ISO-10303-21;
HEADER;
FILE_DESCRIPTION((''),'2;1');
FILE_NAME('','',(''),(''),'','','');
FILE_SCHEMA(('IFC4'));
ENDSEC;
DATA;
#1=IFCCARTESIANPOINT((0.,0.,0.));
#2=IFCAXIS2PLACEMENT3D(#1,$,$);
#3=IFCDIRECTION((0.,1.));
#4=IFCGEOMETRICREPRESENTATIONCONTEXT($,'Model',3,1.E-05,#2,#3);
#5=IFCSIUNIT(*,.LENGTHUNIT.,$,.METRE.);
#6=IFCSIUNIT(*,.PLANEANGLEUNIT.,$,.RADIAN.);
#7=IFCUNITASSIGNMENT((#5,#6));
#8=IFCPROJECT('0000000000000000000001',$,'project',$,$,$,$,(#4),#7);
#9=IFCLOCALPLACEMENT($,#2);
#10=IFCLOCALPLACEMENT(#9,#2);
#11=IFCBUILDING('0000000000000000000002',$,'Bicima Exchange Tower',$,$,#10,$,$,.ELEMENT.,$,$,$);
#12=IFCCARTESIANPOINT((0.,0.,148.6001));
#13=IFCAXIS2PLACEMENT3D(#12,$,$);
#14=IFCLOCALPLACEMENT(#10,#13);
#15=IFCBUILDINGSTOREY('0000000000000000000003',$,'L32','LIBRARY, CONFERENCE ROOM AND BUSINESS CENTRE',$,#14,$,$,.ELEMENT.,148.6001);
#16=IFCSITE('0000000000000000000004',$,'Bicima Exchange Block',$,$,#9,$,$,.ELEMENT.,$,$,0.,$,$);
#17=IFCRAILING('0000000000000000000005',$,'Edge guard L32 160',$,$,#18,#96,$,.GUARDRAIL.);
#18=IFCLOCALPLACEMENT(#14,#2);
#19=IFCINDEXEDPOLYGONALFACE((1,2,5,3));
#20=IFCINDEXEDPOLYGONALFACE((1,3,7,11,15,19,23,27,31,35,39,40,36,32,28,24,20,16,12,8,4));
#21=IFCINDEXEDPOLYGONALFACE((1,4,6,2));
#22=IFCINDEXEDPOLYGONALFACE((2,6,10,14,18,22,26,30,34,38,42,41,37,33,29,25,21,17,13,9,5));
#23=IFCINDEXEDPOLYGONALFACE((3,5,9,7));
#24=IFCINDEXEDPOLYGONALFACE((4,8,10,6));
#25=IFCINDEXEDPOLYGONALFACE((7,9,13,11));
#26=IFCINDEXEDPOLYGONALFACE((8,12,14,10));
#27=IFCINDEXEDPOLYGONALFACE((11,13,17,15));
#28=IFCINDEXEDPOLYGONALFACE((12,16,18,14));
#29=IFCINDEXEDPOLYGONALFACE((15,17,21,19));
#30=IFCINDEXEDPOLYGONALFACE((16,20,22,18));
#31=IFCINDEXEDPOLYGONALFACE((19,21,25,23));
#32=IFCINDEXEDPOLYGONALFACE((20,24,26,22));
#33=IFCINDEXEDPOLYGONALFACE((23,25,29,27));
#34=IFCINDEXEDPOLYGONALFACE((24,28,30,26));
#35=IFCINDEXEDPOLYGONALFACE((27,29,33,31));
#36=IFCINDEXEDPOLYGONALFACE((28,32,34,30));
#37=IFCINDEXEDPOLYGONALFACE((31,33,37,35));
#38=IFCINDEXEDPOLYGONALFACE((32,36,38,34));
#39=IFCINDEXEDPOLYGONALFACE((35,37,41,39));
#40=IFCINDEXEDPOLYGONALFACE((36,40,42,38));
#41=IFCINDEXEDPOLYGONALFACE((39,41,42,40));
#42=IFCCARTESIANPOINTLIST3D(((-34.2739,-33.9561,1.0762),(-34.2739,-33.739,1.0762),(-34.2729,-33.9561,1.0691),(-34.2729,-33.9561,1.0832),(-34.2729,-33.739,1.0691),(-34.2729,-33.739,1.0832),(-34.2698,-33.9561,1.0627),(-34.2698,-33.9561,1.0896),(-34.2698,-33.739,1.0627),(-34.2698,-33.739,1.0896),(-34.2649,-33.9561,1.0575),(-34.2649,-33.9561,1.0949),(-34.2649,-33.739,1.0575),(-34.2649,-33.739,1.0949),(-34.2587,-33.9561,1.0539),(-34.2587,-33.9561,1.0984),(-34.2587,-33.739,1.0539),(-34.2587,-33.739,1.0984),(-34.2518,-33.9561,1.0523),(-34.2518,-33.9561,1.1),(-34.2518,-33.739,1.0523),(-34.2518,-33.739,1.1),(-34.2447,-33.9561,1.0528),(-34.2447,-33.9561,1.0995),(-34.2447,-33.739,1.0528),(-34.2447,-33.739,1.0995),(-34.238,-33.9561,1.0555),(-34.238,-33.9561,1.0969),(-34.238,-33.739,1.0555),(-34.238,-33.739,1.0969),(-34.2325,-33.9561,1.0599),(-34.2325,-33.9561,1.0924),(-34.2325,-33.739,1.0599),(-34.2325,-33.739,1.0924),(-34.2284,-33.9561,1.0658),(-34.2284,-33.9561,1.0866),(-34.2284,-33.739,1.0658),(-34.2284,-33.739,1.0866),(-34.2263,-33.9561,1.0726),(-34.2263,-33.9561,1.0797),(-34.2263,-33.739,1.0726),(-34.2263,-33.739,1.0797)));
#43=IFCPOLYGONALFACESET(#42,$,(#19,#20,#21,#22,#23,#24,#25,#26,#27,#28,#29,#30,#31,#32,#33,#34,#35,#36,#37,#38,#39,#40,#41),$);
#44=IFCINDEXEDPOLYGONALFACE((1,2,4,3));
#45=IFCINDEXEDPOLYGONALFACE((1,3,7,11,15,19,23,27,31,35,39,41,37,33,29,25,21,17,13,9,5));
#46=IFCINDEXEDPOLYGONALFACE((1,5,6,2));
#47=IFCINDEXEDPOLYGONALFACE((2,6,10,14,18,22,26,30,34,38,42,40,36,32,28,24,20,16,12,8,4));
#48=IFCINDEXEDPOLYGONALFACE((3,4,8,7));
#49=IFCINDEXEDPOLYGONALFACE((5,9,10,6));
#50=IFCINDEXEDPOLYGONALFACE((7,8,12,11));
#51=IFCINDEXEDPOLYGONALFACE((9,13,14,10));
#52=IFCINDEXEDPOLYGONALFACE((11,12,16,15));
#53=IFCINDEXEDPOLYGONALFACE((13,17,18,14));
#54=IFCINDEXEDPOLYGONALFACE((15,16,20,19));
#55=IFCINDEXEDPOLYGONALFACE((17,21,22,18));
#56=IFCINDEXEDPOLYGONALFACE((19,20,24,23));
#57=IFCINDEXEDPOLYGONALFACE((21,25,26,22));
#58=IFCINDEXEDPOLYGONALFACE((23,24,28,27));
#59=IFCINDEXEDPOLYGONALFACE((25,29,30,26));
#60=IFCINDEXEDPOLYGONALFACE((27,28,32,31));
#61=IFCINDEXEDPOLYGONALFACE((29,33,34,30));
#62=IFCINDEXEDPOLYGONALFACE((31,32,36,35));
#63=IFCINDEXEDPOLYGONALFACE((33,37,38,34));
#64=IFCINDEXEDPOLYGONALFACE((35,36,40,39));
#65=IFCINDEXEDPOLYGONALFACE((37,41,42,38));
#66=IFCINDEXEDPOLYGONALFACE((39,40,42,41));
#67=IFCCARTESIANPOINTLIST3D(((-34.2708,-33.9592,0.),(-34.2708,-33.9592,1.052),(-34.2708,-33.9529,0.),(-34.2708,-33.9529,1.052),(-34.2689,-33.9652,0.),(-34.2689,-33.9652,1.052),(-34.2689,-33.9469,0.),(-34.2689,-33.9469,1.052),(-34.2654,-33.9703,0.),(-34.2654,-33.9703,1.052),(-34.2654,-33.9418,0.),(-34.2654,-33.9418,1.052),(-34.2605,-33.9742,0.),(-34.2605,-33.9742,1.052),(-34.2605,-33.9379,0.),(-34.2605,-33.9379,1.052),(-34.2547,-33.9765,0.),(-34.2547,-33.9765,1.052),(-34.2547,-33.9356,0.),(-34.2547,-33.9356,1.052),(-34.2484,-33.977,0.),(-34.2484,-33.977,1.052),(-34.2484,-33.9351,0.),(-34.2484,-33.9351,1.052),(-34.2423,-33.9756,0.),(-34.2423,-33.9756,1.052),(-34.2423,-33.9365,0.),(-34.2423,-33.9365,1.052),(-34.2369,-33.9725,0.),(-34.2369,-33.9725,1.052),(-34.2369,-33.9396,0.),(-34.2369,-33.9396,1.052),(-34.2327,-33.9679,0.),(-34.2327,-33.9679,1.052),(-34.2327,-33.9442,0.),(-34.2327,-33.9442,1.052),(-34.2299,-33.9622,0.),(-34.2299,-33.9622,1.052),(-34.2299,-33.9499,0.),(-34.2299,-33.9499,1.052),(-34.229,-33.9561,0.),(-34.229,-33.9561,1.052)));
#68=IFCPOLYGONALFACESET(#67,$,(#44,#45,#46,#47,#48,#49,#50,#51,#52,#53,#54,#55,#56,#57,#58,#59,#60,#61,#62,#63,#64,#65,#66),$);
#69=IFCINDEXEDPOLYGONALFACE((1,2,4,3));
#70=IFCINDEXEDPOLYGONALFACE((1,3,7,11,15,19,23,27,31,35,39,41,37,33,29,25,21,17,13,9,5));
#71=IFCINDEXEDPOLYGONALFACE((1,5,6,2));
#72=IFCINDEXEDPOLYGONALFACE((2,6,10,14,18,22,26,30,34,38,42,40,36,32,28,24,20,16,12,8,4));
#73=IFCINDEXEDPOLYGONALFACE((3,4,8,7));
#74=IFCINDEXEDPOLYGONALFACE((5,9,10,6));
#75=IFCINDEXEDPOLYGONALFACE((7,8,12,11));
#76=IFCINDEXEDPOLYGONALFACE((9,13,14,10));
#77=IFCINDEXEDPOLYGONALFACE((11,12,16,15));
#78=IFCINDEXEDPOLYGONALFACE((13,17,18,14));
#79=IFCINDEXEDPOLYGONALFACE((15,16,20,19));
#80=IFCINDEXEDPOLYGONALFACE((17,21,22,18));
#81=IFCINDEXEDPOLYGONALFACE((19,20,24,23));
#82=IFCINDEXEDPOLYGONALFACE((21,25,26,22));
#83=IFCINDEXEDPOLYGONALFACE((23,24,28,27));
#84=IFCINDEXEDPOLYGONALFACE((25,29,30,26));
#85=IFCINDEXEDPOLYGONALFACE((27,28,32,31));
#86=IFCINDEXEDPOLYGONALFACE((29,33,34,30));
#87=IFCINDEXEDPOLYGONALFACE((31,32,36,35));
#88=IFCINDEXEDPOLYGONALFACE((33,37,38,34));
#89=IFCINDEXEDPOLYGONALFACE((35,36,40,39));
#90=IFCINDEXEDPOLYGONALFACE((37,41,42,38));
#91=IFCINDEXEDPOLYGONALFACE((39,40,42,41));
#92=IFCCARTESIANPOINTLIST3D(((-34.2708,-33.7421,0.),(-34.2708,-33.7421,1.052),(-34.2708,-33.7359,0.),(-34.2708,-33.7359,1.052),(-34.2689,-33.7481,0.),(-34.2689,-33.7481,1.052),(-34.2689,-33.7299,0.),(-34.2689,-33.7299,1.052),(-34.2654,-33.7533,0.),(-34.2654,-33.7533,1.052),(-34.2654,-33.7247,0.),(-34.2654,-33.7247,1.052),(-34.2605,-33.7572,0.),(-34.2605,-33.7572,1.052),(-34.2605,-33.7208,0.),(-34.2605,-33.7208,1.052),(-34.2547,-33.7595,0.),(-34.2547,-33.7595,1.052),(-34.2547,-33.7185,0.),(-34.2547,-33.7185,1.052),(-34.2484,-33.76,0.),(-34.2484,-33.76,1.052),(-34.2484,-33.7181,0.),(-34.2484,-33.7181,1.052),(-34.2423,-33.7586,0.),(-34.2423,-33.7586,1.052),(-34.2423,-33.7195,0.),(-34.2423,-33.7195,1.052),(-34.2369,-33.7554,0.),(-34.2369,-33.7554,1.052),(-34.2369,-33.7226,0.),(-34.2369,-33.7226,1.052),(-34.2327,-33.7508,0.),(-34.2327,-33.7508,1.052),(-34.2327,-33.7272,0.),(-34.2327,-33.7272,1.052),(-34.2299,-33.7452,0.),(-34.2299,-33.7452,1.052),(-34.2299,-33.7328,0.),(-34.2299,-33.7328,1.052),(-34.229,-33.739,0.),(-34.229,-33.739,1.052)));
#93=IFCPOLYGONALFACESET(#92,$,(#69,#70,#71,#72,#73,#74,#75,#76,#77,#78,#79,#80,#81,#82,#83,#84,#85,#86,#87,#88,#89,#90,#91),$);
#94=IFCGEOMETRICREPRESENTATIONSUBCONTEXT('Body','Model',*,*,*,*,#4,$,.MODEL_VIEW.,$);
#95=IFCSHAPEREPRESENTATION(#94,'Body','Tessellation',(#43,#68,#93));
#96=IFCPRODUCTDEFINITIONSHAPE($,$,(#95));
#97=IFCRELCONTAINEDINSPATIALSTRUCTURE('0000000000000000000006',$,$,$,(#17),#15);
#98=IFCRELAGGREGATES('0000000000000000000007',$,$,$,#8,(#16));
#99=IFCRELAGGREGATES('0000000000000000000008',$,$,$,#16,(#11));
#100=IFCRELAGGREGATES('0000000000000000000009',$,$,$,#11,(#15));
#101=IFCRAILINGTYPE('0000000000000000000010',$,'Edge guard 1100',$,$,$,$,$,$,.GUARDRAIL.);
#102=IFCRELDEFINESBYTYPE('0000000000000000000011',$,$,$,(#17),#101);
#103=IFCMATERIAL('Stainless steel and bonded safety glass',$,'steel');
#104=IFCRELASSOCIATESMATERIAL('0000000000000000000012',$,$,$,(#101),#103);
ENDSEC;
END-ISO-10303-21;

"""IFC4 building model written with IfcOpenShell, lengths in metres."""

from ifc_helpers import new_model, si_unit, direction, frame, origin, origin_2d, place, context, subcontext, project, spatial, circle, extrude, material, type_object, element, save


model = new_model("IFC4")

# Units and contexts
model_context = context("Model", 3, precision=1e-05, world=origin(), true_north=direction((0.0, 1.0)))
body_context = subcontext(model_context, "Body", "Model", "MODEL_VIEW")
ifc_project = project(units=[si_unit("LENGTHUNIT", "METRE"), si_unit("PLANEANGLEUNIT", "RADIAN")], contexts=[model_context])

# Site, building, storey
site_placement = place(None, origin())
site = spatial("IfcSite", under=ifc_project, at=site_placement, Name="Bicima Exchange Block", CompositionType="ELEMENT", RefElevation=0.0)
building_placement = place(site_placement, origin())
building = spatial("IfcBuilding", under=site, at=building_placement, Name="Bicima Exchange Tower", CompositionType="ELEMENT")
storey_placement = place(building_placement, frame((0.0, 0.0, 148.6001)))
storey = spatial("IfcBuildingStorey", under=building, at=storey_placement, Name="L32", Description="LIBRARY, CONFERENCE ROOM AND BUSINESS CENTRE", CompositionType="ELEMENT", Elevation=148.6001)

# Railing
ifc_material_1 = material(Name="Stainless steel and bonded safety glass", Category="steel")
railing_type = type_object("IfcRailingType", Name="Edge guard 1100", PredefinedType="GUARDRAIL", material=ifc_material_1)
railing_1_placement = place(storey_placement, frame((-34.25, -33.9561, 0.0)))
element("IfcRailing", 1, at=railing_1_placement, inside=storey, type_object=railing_type, Name="Edge guard L32 160", PredefinedType="GUARDRAIL", context=body_context, shape_type="SweptSolid", body=[
    extrude(circle(Radius=0.0239, at=origin_2d()), frame((0.0, 0.0, 1.0762), z_axis=(0.0, 1.0, 0.0), x_axis=(-1.0, 0.0, 0.0)), (0.0, 0.0, 1.0), 0.217),
    extrude(circle(Radius=0.021, at=origin_2d()), origin(), (0.0, 0.0, 1.0), 1.052),
    extrude(circle(Radius=0.021, at=origin_2d()), frame((0.0, 0.217, 0.0)), (0.0, 0.0, 1.0), 1.052),
])

save(model, "model.ifc")
